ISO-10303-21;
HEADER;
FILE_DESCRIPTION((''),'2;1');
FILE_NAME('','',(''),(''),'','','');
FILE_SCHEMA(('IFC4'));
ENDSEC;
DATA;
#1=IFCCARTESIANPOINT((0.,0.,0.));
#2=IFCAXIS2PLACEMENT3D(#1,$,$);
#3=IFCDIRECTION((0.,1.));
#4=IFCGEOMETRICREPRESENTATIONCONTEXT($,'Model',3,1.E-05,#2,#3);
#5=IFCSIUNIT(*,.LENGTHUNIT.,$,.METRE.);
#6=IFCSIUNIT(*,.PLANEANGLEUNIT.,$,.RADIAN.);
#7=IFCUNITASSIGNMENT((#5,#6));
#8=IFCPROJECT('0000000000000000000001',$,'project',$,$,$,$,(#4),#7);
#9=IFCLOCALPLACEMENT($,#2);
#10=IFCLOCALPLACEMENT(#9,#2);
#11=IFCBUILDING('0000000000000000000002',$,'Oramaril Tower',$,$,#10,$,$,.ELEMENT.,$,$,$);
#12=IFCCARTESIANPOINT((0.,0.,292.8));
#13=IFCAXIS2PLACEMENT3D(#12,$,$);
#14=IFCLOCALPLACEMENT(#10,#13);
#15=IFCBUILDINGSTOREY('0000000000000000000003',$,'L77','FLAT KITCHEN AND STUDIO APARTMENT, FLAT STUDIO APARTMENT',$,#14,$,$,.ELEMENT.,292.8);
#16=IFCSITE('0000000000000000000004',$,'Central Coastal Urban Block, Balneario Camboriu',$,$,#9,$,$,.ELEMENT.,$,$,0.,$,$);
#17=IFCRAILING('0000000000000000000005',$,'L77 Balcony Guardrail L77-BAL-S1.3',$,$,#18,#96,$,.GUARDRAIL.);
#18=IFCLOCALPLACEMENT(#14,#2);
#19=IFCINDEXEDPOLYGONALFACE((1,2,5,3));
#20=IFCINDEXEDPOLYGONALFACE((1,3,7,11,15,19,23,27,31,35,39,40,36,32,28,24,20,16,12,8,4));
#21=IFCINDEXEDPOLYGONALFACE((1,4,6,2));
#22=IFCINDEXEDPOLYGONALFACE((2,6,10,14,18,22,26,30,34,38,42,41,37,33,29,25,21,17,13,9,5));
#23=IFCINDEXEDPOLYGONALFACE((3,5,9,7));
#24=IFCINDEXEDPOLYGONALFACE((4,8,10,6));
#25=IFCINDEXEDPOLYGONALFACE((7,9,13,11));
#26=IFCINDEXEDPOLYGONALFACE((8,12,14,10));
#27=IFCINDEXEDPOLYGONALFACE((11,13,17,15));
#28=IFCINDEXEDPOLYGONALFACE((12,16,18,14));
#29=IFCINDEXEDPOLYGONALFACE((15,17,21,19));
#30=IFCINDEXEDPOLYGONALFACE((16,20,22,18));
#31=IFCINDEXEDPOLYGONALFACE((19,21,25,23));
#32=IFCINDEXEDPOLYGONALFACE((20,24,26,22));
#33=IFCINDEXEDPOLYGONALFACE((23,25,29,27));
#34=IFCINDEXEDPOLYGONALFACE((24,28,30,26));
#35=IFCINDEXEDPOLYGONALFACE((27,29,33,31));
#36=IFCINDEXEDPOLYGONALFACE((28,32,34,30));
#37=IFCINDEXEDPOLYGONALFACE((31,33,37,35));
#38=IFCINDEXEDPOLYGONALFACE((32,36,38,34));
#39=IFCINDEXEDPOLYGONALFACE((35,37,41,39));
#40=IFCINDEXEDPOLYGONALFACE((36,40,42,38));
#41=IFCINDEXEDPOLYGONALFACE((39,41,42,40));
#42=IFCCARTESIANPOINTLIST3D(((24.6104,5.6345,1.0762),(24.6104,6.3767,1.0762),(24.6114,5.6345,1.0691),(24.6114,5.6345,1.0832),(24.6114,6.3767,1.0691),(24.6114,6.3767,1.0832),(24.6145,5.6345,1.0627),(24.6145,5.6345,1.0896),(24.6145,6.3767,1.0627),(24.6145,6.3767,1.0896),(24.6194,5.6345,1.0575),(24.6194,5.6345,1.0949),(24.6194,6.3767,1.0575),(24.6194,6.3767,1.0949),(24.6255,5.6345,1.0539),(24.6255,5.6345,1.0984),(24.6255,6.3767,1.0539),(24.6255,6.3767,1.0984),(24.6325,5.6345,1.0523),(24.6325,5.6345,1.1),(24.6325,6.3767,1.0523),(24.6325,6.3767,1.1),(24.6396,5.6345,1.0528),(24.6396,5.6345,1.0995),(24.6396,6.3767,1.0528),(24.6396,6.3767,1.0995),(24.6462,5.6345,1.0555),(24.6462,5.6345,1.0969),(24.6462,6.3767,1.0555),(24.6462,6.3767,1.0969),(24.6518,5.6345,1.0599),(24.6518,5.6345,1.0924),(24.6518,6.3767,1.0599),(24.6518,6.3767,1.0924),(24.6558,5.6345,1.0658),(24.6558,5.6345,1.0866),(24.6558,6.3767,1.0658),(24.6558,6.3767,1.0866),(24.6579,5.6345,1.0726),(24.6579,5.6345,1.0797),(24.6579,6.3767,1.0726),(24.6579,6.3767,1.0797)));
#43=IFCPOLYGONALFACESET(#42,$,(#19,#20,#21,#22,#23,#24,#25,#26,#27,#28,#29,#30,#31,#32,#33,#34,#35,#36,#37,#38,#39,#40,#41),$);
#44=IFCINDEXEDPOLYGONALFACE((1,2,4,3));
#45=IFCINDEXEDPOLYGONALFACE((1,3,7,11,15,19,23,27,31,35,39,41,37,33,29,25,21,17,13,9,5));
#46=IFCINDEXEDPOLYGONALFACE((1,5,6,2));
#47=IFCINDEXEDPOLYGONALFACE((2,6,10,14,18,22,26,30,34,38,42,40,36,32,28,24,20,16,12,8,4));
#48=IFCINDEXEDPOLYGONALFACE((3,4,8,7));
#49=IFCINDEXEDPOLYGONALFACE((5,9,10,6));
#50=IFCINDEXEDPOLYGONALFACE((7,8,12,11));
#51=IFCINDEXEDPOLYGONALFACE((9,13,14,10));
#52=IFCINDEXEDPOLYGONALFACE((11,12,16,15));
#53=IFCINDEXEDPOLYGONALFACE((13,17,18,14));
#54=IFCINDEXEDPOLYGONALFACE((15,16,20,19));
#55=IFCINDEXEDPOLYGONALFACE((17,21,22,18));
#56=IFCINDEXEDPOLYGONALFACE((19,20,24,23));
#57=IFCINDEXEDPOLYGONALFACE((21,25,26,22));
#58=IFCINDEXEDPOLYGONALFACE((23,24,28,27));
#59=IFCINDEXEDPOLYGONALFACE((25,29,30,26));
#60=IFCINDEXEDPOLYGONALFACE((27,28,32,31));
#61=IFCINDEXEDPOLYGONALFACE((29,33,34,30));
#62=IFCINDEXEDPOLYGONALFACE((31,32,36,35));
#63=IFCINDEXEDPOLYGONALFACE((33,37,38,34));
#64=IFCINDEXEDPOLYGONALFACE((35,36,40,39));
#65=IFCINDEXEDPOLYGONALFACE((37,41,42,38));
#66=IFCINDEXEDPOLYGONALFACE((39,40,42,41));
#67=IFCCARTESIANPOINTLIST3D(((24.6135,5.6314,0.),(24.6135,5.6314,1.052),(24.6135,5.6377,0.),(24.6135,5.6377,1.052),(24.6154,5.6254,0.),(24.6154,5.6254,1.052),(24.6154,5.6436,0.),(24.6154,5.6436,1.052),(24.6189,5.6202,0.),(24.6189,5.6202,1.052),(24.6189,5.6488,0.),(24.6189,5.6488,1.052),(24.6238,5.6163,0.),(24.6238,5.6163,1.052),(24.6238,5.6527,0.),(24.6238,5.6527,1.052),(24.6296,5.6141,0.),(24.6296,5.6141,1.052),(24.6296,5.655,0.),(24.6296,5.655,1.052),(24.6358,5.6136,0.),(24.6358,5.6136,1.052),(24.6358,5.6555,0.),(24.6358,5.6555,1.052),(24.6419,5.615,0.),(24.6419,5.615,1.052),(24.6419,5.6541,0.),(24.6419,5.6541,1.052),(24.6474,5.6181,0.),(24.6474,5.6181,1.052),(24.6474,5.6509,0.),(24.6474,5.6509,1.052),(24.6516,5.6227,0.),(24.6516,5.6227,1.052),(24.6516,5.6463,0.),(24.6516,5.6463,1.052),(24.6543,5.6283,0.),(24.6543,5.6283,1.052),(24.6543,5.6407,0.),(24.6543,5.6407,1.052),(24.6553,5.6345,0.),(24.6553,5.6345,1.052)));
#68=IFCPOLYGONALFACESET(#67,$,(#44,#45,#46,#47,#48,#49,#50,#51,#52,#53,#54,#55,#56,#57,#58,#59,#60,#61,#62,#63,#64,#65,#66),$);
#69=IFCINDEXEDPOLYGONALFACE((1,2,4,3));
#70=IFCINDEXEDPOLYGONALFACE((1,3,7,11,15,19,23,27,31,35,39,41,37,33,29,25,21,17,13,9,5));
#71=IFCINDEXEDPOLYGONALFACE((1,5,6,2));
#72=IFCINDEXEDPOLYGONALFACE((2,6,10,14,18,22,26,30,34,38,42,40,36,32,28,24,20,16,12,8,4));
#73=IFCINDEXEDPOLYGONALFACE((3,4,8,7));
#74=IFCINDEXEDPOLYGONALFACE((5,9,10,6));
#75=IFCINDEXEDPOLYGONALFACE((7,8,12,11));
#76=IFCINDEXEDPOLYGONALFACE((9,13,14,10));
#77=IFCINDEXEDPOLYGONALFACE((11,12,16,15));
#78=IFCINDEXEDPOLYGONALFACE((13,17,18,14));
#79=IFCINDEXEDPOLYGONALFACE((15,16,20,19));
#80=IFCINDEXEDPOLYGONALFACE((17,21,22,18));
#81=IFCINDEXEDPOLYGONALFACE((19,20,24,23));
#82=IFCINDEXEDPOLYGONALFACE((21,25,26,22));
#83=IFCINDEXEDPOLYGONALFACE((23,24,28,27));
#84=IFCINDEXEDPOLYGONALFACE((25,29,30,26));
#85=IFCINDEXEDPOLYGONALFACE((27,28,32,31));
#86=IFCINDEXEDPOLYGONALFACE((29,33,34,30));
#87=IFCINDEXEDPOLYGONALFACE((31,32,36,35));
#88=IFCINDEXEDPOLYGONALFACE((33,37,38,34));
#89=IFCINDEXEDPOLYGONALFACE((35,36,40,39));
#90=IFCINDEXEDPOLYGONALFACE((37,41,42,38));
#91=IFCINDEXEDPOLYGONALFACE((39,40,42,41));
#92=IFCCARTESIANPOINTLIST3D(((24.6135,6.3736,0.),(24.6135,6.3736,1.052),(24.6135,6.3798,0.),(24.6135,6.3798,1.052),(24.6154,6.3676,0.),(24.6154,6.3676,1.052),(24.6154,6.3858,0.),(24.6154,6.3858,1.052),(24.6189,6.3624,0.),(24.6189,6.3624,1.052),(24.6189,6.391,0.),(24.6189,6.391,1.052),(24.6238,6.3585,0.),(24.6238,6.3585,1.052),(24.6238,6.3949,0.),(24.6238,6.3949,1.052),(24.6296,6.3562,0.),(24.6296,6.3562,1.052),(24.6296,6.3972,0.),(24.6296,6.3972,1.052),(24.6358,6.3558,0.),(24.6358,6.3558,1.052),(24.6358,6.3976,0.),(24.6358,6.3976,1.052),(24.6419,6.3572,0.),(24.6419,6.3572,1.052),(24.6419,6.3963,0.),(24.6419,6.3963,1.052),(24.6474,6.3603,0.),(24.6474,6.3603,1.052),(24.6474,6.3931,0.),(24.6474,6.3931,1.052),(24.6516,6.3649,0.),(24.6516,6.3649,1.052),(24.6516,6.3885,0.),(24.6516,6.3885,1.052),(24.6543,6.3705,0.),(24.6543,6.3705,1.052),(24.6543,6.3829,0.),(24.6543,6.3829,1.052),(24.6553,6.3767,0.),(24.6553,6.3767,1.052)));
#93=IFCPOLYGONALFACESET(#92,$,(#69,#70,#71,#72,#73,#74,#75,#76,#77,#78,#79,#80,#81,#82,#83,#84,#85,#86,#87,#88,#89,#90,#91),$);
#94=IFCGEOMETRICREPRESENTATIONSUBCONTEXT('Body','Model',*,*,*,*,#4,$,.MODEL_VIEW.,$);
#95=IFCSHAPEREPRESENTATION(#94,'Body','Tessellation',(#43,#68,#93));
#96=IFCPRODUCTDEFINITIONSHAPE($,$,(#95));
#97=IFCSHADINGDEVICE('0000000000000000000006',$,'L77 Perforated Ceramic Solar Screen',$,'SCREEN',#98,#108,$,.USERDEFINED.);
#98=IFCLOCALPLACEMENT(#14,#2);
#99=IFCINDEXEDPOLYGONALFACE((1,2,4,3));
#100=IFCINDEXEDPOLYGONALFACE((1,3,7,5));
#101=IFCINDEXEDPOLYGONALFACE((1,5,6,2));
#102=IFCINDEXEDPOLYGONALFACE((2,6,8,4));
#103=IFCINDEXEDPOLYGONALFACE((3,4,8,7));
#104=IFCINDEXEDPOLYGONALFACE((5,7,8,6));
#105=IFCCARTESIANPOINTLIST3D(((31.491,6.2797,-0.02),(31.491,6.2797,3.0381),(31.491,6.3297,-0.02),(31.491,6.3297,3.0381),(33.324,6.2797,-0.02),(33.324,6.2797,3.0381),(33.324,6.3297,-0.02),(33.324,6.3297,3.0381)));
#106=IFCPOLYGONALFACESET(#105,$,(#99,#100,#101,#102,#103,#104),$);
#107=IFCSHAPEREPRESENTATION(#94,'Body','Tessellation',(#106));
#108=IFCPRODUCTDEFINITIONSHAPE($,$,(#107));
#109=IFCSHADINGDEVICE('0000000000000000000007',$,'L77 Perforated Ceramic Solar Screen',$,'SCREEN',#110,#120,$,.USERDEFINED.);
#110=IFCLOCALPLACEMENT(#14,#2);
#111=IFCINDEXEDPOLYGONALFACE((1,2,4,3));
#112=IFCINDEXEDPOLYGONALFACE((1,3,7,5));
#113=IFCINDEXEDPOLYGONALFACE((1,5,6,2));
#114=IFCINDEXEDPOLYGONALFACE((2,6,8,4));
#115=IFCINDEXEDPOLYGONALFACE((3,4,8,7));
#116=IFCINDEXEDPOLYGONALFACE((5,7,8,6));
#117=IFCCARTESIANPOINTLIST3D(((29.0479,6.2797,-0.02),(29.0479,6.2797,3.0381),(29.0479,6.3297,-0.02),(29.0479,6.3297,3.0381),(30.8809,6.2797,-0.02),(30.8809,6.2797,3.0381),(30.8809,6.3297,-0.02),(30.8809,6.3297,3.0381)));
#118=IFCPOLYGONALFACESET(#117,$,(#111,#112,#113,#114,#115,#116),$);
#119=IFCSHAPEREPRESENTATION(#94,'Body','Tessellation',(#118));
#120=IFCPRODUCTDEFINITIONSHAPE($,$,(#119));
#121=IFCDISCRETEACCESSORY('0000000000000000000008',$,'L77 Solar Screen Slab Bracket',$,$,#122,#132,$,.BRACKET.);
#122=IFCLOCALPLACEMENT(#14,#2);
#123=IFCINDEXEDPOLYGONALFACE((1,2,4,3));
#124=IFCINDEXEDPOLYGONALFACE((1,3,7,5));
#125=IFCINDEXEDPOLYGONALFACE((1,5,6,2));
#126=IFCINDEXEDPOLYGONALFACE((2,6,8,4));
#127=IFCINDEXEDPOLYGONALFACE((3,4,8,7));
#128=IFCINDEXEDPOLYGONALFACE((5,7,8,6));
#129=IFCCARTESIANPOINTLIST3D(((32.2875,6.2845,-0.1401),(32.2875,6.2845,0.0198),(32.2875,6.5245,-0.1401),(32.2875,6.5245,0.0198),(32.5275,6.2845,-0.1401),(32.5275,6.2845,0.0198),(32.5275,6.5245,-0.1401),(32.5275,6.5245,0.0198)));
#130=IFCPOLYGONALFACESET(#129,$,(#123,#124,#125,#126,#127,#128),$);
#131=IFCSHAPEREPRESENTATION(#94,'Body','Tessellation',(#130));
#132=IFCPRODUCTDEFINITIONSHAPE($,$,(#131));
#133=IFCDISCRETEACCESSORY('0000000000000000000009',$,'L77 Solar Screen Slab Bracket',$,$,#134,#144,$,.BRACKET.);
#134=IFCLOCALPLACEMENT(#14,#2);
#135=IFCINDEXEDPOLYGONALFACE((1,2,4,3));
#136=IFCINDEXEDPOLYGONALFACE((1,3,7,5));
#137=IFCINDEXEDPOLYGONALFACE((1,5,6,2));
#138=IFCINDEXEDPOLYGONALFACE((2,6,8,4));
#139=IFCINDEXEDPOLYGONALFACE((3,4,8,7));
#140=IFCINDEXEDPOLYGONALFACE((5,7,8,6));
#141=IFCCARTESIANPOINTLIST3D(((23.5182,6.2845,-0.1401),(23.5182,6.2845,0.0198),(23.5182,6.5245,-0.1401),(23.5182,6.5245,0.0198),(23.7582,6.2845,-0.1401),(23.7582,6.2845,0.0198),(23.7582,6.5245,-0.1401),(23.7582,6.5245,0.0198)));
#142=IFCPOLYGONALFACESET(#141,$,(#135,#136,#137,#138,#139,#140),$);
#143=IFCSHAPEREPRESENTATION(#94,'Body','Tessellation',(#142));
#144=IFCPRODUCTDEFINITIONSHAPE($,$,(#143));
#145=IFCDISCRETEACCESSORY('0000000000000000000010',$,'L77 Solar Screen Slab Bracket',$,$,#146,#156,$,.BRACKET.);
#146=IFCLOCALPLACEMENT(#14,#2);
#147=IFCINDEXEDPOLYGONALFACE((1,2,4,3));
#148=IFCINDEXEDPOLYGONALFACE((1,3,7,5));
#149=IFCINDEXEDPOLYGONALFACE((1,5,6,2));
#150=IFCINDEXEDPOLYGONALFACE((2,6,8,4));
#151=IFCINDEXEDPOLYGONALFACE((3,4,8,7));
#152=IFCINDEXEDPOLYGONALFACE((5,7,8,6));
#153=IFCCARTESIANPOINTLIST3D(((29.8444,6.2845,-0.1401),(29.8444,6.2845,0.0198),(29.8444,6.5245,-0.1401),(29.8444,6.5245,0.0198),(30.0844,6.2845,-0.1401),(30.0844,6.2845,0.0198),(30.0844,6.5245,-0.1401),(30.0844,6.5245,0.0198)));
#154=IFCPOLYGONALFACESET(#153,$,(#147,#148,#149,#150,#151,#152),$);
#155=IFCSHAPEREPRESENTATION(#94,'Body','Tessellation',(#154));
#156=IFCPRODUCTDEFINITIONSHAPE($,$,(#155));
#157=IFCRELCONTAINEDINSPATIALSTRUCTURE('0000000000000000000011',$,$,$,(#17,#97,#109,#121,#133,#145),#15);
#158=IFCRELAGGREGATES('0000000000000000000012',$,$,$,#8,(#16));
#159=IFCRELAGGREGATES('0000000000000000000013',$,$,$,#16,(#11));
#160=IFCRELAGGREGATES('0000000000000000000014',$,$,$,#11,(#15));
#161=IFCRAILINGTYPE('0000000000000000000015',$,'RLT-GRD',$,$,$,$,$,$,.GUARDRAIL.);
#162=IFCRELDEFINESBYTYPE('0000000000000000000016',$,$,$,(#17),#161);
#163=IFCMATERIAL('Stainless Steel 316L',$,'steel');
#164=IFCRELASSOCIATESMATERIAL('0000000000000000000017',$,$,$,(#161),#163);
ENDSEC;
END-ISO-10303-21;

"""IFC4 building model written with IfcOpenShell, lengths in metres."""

from ifc_helpers import new_model, si_unit, direction, frame, origin, origin_2d, place, context, subcontext, project, spatial, rectangle, circle, extrude, material, type_object, element, save


model = new_model("IFC4")

# Units and contexts
model_context = context("Model", 3, precision=1e-05, world=origin(), true_north=direction((0.0, 1.0)))
body_context = subcontext(model_context, "Body", "Model", "MODEL_VIEW")
ifc_project = project(units=[si_unit("LENGTHUNIT", "METRE"), si_unit("PLANEANGLEUNIT", "RADIAN")], contexts=[model_context])

# Site, building, storey
site_placement = place(None, origin())
site = spatial("IfcSite", under=ifc_project, at=site_placement, Name="Central Coastal Urban Block, Balneario Camboriu", CompositionType="ELEMENT", RefElevation=0.0)
building_placement = place(site_placement, origin())
building = spatial("IfcBuilding", under=site, at=building_placement, Name="Oramaril Tower", CompositionType="ELEMENT")
storey_placement = place(building_placement, frame((0.0, 0.0, 292.8)))
storey = spatial("IfcBuildingStorey", under=building, at=storey_placement, Name="L77", Description="FLAT KITCHEN AND STUDIO APARTMENT, FLAT STUDIO APARTMENT", CompositionType="ELEMENT", Elevation=292.8)

# Railing
ifc_material_1 = material(Name="Stainless Steel 316L", Category="steel")
railing_type = type_object("IfcRailingType", Name="RLT-GRD", PredefinedType="GUARDRAIL", material=ifc_material_1)
railing_1_placement = place(storey_placement, frame((24.6343, 5.6345, 0.0)))
element("IfcRailing", 1, at=railing_1_placement, inside=storey, type_object=railing_type, Name="L77 Balcony Guardrail L77-BAL-S1.3", PredefinedType="GUARDRAIL", context=body_context, shape_type="SweptSolid", body=[
    extrude(circle(Radius=0.0239, at=origin_2d()), frame((0.0, 0.0, 1.0762), z_axis=(0.0, 1.0, 0.0), x_axis=(-1.0, 0.0, 0.0)), (0.0, 0.0, 1.0), 0.7422),
    extrude(circle(Radius=0.021, at=origin_2d()), origin(), (0.0, 0.0, 1.0), 1.052),
    extrude(circle(Radius=0.021, at=origin_2d()), frame((0.0, 0.7422, 0.0)), (0.0, 0.0, 1.0), 1.052),
])

# Shading devices
for number, where, z_axis, x_axis, name in (
    (2, (32.4075, 6.3047, -0.02), (0.0, 0.0, 1.0), (1.0, 0.0, 0.0), "L77 Perforated Ceramic Solar Screen"),
    (3, (29.9644, 6.3047, -0.02), (0.0, 0.0, 1.0), (1.0, 0.0, 0.0), "L77 Perforated Ceramic Solar Screen"),
):
    element("IfcShadingDevice", number, at=place(storey_placement, frame(where, z_axis=z_axis, x_axis=x_axis)), inside=storey, Name=name, ObjectType="SCREEN", PredefinedType="USERDEFINED", context=body_context, shape_type="SweptSolid", body=[
        extrude(rectangle(XDim=1.833, YDim=0.05, at=origin_2d()), origin(), (0.0, 0.0, 1.0), 3.0581),
    ])

# Discrete accessories
for number, where, z_axis, x_axis, name in (
    (4, (32.4075, 6.4045, -0.1401), (0.0, 0.0, 1.0), (1.0, 0.0, 0.0), "L77 Solar Screen Slab Bracket"),
    (5, (23.6382, 6.4045, -0.1401), (0.0, 0.0, 1.0), (1.0, 0.0, 0.0), "L77 Solar Screen Slab Bracket"),
    (6, (29.9644, 6.4045, -0.1401), (0.0, 0.0, 1.0), (1.0, 0.0, 0.0), "L77 Solar Screen Slab Bracket"),
):
    element("IfcDiscreteAccessory", number, at=place(storey_placement, frame(where, z_axis=z_axis, x_axis=x_axis)), inside=storey, Name=name, PredefinedType="BRACKET", context=body_context, shape_type="SweptSolid", body=[
        extrude(rectangle(XDim=0.24, YDim=0.24, at=origin_2d()), origin(), (0.0, 0.0, 1.0), 0.1599),
    ])

save(model, "model.ifc")
